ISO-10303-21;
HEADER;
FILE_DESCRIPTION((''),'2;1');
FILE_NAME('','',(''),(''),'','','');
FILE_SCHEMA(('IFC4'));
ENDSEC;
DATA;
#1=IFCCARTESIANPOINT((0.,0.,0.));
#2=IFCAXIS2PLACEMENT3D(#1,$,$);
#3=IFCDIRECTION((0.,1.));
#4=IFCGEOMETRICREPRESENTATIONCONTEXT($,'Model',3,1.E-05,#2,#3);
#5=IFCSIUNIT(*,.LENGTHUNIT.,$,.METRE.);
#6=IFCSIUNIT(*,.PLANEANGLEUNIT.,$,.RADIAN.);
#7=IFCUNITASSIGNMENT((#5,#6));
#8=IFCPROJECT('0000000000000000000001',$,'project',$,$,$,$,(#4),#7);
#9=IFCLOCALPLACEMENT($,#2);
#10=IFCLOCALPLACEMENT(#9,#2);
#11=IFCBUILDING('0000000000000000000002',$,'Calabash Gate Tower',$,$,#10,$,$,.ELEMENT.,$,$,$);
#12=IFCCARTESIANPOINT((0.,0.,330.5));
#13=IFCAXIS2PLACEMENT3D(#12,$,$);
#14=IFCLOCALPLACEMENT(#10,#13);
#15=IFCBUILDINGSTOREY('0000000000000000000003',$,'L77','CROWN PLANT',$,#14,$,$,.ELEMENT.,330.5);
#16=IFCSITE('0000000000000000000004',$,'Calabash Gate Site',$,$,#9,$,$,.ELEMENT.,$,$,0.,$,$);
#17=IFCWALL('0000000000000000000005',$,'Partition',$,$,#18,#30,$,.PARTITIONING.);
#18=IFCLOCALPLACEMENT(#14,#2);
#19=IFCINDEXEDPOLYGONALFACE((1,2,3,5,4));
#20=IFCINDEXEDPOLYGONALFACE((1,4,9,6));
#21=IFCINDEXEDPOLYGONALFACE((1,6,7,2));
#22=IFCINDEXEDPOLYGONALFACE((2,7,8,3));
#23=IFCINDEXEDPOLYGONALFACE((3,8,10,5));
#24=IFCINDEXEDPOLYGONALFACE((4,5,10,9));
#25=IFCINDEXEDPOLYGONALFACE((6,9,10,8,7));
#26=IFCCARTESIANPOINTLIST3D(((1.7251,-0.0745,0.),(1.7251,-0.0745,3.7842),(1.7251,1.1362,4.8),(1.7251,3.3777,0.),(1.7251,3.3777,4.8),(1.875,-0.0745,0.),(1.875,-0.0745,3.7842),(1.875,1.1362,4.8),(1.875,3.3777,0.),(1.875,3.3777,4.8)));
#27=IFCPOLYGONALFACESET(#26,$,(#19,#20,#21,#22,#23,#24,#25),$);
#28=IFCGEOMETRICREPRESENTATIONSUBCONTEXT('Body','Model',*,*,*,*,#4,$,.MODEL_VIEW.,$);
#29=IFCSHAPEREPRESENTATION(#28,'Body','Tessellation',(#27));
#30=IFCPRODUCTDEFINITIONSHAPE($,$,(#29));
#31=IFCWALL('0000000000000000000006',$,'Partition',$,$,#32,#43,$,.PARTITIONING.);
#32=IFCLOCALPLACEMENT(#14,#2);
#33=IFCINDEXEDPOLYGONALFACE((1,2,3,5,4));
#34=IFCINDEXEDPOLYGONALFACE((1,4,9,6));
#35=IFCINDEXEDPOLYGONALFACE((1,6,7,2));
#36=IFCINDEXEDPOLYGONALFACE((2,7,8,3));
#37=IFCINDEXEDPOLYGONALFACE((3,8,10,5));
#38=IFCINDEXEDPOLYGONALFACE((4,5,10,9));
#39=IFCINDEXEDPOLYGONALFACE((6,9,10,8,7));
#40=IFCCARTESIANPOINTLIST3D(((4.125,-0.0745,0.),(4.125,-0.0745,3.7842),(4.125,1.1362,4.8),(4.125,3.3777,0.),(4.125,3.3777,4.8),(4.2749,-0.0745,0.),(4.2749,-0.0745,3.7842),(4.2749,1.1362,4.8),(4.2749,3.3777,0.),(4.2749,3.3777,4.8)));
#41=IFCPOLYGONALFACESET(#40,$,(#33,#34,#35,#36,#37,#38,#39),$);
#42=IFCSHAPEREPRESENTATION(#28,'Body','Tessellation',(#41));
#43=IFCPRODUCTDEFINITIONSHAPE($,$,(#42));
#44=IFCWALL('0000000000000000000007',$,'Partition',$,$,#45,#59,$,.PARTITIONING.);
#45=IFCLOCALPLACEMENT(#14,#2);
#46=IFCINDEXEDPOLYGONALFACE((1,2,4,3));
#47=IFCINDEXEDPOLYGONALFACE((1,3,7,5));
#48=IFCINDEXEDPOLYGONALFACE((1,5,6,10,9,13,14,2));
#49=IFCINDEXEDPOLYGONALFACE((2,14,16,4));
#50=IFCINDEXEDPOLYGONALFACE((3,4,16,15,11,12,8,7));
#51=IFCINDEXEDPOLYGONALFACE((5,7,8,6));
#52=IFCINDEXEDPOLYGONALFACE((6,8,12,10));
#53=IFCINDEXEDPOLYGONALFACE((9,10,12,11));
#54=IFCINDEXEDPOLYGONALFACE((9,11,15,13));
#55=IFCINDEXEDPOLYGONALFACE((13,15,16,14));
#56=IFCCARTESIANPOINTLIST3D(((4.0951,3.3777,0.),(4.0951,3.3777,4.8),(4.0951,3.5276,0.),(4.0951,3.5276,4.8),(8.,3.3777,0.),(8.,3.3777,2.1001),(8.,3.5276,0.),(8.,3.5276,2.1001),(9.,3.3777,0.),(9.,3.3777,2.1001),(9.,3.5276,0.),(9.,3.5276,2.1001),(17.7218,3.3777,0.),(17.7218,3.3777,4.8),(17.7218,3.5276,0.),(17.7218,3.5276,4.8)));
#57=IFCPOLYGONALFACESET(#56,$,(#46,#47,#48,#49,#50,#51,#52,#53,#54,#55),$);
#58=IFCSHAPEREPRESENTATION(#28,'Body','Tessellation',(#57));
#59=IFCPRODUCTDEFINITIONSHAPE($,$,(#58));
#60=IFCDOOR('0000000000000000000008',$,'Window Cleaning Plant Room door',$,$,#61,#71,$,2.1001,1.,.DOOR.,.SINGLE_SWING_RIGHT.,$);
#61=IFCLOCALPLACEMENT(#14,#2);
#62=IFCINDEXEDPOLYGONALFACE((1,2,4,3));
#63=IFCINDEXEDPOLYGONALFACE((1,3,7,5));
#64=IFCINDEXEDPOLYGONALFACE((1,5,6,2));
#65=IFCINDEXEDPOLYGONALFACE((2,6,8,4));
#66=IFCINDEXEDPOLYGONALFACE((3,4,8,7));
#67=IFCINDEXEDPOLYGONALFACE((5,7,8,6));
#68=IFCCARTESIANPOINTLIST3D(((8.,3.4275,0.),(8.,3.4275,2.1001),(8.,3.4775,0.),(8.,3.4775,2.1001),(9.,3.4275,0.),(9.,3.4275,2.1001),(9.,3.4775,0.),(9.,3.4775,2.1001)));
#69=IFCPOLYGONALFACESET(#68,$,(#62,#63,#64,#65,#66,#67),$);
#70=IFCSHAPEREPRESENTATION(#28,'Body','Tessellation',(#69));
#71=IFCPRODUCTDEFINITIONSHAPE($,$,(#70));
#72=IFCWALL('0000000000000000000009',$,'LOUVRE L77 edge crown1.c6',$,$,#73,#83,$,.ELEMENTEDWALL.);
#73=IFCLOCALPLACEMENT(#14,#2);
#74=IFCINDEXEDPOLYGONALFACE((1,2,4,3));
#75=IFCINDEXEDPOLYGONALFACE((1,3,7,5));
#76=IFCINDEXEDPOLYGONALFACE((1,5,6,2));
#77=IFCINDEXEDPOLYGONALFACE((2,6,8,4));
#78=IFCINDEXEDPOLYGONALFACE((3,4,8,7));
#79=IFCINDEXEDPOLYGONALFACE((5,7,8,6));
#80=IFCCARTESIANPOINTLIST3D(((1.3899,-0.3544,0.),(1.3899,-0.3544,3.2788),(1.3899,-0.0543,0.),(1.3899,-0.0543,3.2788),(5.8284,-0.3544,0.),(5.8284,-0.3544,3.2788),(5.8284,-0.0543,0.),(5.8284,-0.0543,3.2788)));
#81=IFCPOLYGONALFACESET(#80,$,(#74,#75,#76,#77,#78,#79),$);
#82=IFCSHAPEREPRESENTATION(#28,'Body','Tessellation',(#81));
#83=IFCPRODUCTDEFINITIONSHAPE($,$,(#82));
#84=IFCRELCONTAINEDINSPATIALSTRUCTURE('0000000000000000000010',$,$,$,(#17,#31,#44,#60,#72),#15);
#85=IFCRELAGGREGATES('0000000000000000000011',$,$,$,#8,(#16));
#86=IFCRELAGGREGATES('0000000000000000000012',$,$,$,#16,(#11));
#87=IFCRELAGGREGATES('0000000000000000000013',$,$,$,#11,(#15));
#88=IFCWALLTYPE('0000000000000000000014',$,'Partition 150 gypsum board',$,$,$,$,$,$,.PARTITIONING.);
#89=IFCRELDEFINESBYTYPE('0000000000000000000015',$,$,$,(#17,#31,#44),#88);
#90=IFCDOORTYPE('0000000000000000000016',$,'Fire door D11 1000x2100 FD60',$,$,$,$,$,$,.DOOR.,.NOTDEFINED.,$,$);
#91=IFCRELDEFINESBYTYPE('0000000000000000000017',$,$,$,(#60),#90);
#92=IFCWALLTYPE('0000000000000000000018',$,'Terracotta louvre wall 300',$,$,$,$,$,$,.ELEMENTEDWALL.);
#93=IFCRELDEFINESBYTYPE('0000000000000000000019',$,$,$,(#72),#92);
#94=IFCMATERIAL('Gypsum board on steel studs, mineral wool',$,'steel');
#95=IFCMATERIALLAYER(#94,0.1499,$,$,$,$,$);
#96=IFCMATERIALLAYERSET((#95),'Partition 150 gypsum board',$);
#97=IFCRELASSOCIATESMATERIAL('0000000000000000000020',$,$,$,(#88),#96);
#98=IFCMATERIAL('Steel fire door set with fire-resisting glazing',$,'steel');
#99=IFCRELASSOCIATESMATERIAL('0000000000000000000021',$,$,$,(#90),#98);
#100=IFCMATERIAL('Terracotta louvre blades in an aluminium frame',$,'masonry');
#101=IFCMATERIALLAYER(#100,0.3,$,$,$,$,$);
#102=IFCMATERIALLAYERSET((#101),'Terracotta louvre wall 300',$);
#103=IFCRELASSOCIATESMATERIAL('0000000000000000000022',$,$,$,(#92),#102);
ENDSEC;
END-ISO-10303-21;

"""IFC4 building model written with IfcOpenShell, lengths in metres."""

from ifc_helpers import new_model, si_unit, direction, frame, frame_2d, origin, place, context, subcontext, project, spatial, polyline, rectangle, outline, extrude, material, layer, layer_set, type_object, element, fill, save


model = new_model("IFC4")

# Units and contexts
model_context = context("Model", 3, precision=1e-05, world=origin(), true_north=direction((0.0, 1.0)))
body_context = subcontext(model_context, "Body", "Model", "MODEL_VIEW")
ifc_project = project(units=[si_unit("LENGTHUNIT", "METRE"), si_unit("PLANEANGLEUNIT", "RADIAN")], contexts=[model_context])

# Site, building, storey
site_placement = place(None, origin())
site = spatial("IfcSite", under=ifc_project, at=site_placement, Name="Calabash Gate Site", CompositionType="ELEMENT", RefElevation=0.0)
building_placement = place(site_placement, origin())
building = spatial("IfcBuilding", under=site, at=building_placement, Name="Calabash Gate Tower", CompositionType="ELEMENT")
storey_placement = place(building_placement, frame((0.0, 0.0, 330.5)))
storey = spatial("IfcBuildingStorey", under=building, at=storey_placement, Name="L77", Description="CROWN PLANT", CompositionType="ELEMENT", Elevation=330.5)

# Walls
ifc_material_1 = material(Name="Gypsum board on steel studs, mineral wool", Category="steel")
ifc_layer_1 = layer(ifc_material_1, 0.1499)
ifc_layer_set_1 = layer_set([ifc_layer_1], Name="Partition 150 gypsum board")
wall_type_1 = type_object("IfcWallType", Name="Partition 150 gypsum board", PredefinedType="PARTITIONING", material=ifc_layer_set_1)
for number, where, z_axis, x_axis, name in (
    (1, (1.8, -0.0745, 0.0), (0.0, 0.0, 1.0), (0.0, 1.0, 0.0), "Partition"),
    (2, (4.2, -0.0745, 0.0), (0.0, 0.0, 1.0), (0.0, 1.0, 0.0), "Partition"),
):
    element("IfcWall", number, at=place(storey_placement, frame(where, z_axis=z_axis, x_axis=x_axis)), inside=storey, type_object=wall_type_1, Name=name, PredefinedType="PARTITIONING", context=body_context, shape_type="SweptSolid", body=[
        extrude(outline(polyline([(0.0, 0.0), (3.4521, 0.0), (3.4521, 4.8), (1.2107, 4.8), (0.0, 3.7842), (0.0, 0.0)])), frame((0.0, 0.075, 0.0), z_axis=(0.0, -1.0, 0.0), x_axis=(1.0, 0.0, 0.0)), (0.0, 0.0, 1.0), 0.1499),
    ])

# Wall, opening, door
wall_1_placement = place(storey_placement, frame((4.095, 3.4526, 0.0), z_axis=(0.0, 0.0, 1.0), x_axis=(1.0, 0.0, 0.0)))
wall_1 = element("IfcWall", 3, at=wall_1_placement, inside=storey, type_object=wall_type_1, Name="Partition", PredefinedType="PARTITIONING", context=body_context, shape_type="SweptSolid", body=[
    extrude(rectangle(XDim=13.6267, YDim=0.1499, at=frame_2d((6.8135, 0.0))), origin(), (0.0, 0.0, 1.0), 4.8),
])
opening_1_placement = place(wall_1_placement, frame((3.905, 0.0, 0.0)))
opening_1 = element("IfcOpeningElement", 4, at=opening_1_placement, cuts=wall_1, PredefinedType="OPENING", context=body_context, shape_type="SweptSolid", body=[
    extrude(rectangle(XDim=1.0, YDim=2.1001, at=frame_2d((0.5, 1.05))), frame((0.0, 0.085, 0.0), z_axis=(0.0, -1.0, 0.0), x_axis=(1.0, 0.0, 0.0)), (0.0, 0.0, 1.0), 0.1699),
])
ifc_material_2 = material(Name="Steel fire door set with fire-resisting glazing", Category="steel")
door_type_1 = type_object("IfcDoorType", Name="Fire door D11 1000x2100 FD60", OperationType="NOTDEFINED", PredefinedType="DOOR", material=ifc_material_2)
door_1_placement = place(opening_1_placement, origin())
door_1 = element("IfcDoor", 5, at=door_1_placement, inside=storey, type_object=door_type_1, Name="Window Cleaning Plant Room door", OperationType="SINGLE_SWING_RIGHT", OverallHeight=2.1001, OverallWidth=1.0, PredefinedType="DOOR", context=body_context, shape_type="SweptSolid", body=[
    extrude(rectangle(XDim=1.0, YDim=2.1001, at=frame_2d((0.5, 1.05))), frame((0.0, 0.0249, 0.0), z_axis=(0.0, -1.0, 0.0), x_axis=(1.0, 0.0, 0.0)), (0.0, 0.0, 1.0), 0.05),
])
fill(opening_1, door_1)

# Wall
ifc_material_3 = material(Name="Terracotta louvre blades in an aluminium frame", Category="masonry")
ifc_layer_2 = layer(ifc_material_3, 0.3)
ifc_layer_set_2 = layer_set([ifc_layer_2], Name="Terracotta louvre wall 300")
wall_type_2 = type_object("IfcWallType", Name="Terracotta louvre wall 300", PredefinedType="ELEMENTEDWALL", material=ifc_layer_set_2)
wall_2_placement = place(storey_placement, frame((1.3899, -0.2043, 0.0), z_axis=(0.0, 0.0, 1.0), x_axis=(1.0, 0.0, 0.0)))
element("IfcWall", 6, at=wall_2_placement, inside=storey, type_object=wall_type_2, Name="LOUVRE L77 edge crown1.c6", PredefinedType="ELEMENTEDWALL", context=body_context, shape_type="SweptSolid", body=[
    extrude(rectangle(XDim=4.4385, YDim=0.3, at=frame_2d((2.2192, 0.0))), origin(), (0.0, 0.0, 1.0), 3.2788),
])

save(model, "model.ifc")
